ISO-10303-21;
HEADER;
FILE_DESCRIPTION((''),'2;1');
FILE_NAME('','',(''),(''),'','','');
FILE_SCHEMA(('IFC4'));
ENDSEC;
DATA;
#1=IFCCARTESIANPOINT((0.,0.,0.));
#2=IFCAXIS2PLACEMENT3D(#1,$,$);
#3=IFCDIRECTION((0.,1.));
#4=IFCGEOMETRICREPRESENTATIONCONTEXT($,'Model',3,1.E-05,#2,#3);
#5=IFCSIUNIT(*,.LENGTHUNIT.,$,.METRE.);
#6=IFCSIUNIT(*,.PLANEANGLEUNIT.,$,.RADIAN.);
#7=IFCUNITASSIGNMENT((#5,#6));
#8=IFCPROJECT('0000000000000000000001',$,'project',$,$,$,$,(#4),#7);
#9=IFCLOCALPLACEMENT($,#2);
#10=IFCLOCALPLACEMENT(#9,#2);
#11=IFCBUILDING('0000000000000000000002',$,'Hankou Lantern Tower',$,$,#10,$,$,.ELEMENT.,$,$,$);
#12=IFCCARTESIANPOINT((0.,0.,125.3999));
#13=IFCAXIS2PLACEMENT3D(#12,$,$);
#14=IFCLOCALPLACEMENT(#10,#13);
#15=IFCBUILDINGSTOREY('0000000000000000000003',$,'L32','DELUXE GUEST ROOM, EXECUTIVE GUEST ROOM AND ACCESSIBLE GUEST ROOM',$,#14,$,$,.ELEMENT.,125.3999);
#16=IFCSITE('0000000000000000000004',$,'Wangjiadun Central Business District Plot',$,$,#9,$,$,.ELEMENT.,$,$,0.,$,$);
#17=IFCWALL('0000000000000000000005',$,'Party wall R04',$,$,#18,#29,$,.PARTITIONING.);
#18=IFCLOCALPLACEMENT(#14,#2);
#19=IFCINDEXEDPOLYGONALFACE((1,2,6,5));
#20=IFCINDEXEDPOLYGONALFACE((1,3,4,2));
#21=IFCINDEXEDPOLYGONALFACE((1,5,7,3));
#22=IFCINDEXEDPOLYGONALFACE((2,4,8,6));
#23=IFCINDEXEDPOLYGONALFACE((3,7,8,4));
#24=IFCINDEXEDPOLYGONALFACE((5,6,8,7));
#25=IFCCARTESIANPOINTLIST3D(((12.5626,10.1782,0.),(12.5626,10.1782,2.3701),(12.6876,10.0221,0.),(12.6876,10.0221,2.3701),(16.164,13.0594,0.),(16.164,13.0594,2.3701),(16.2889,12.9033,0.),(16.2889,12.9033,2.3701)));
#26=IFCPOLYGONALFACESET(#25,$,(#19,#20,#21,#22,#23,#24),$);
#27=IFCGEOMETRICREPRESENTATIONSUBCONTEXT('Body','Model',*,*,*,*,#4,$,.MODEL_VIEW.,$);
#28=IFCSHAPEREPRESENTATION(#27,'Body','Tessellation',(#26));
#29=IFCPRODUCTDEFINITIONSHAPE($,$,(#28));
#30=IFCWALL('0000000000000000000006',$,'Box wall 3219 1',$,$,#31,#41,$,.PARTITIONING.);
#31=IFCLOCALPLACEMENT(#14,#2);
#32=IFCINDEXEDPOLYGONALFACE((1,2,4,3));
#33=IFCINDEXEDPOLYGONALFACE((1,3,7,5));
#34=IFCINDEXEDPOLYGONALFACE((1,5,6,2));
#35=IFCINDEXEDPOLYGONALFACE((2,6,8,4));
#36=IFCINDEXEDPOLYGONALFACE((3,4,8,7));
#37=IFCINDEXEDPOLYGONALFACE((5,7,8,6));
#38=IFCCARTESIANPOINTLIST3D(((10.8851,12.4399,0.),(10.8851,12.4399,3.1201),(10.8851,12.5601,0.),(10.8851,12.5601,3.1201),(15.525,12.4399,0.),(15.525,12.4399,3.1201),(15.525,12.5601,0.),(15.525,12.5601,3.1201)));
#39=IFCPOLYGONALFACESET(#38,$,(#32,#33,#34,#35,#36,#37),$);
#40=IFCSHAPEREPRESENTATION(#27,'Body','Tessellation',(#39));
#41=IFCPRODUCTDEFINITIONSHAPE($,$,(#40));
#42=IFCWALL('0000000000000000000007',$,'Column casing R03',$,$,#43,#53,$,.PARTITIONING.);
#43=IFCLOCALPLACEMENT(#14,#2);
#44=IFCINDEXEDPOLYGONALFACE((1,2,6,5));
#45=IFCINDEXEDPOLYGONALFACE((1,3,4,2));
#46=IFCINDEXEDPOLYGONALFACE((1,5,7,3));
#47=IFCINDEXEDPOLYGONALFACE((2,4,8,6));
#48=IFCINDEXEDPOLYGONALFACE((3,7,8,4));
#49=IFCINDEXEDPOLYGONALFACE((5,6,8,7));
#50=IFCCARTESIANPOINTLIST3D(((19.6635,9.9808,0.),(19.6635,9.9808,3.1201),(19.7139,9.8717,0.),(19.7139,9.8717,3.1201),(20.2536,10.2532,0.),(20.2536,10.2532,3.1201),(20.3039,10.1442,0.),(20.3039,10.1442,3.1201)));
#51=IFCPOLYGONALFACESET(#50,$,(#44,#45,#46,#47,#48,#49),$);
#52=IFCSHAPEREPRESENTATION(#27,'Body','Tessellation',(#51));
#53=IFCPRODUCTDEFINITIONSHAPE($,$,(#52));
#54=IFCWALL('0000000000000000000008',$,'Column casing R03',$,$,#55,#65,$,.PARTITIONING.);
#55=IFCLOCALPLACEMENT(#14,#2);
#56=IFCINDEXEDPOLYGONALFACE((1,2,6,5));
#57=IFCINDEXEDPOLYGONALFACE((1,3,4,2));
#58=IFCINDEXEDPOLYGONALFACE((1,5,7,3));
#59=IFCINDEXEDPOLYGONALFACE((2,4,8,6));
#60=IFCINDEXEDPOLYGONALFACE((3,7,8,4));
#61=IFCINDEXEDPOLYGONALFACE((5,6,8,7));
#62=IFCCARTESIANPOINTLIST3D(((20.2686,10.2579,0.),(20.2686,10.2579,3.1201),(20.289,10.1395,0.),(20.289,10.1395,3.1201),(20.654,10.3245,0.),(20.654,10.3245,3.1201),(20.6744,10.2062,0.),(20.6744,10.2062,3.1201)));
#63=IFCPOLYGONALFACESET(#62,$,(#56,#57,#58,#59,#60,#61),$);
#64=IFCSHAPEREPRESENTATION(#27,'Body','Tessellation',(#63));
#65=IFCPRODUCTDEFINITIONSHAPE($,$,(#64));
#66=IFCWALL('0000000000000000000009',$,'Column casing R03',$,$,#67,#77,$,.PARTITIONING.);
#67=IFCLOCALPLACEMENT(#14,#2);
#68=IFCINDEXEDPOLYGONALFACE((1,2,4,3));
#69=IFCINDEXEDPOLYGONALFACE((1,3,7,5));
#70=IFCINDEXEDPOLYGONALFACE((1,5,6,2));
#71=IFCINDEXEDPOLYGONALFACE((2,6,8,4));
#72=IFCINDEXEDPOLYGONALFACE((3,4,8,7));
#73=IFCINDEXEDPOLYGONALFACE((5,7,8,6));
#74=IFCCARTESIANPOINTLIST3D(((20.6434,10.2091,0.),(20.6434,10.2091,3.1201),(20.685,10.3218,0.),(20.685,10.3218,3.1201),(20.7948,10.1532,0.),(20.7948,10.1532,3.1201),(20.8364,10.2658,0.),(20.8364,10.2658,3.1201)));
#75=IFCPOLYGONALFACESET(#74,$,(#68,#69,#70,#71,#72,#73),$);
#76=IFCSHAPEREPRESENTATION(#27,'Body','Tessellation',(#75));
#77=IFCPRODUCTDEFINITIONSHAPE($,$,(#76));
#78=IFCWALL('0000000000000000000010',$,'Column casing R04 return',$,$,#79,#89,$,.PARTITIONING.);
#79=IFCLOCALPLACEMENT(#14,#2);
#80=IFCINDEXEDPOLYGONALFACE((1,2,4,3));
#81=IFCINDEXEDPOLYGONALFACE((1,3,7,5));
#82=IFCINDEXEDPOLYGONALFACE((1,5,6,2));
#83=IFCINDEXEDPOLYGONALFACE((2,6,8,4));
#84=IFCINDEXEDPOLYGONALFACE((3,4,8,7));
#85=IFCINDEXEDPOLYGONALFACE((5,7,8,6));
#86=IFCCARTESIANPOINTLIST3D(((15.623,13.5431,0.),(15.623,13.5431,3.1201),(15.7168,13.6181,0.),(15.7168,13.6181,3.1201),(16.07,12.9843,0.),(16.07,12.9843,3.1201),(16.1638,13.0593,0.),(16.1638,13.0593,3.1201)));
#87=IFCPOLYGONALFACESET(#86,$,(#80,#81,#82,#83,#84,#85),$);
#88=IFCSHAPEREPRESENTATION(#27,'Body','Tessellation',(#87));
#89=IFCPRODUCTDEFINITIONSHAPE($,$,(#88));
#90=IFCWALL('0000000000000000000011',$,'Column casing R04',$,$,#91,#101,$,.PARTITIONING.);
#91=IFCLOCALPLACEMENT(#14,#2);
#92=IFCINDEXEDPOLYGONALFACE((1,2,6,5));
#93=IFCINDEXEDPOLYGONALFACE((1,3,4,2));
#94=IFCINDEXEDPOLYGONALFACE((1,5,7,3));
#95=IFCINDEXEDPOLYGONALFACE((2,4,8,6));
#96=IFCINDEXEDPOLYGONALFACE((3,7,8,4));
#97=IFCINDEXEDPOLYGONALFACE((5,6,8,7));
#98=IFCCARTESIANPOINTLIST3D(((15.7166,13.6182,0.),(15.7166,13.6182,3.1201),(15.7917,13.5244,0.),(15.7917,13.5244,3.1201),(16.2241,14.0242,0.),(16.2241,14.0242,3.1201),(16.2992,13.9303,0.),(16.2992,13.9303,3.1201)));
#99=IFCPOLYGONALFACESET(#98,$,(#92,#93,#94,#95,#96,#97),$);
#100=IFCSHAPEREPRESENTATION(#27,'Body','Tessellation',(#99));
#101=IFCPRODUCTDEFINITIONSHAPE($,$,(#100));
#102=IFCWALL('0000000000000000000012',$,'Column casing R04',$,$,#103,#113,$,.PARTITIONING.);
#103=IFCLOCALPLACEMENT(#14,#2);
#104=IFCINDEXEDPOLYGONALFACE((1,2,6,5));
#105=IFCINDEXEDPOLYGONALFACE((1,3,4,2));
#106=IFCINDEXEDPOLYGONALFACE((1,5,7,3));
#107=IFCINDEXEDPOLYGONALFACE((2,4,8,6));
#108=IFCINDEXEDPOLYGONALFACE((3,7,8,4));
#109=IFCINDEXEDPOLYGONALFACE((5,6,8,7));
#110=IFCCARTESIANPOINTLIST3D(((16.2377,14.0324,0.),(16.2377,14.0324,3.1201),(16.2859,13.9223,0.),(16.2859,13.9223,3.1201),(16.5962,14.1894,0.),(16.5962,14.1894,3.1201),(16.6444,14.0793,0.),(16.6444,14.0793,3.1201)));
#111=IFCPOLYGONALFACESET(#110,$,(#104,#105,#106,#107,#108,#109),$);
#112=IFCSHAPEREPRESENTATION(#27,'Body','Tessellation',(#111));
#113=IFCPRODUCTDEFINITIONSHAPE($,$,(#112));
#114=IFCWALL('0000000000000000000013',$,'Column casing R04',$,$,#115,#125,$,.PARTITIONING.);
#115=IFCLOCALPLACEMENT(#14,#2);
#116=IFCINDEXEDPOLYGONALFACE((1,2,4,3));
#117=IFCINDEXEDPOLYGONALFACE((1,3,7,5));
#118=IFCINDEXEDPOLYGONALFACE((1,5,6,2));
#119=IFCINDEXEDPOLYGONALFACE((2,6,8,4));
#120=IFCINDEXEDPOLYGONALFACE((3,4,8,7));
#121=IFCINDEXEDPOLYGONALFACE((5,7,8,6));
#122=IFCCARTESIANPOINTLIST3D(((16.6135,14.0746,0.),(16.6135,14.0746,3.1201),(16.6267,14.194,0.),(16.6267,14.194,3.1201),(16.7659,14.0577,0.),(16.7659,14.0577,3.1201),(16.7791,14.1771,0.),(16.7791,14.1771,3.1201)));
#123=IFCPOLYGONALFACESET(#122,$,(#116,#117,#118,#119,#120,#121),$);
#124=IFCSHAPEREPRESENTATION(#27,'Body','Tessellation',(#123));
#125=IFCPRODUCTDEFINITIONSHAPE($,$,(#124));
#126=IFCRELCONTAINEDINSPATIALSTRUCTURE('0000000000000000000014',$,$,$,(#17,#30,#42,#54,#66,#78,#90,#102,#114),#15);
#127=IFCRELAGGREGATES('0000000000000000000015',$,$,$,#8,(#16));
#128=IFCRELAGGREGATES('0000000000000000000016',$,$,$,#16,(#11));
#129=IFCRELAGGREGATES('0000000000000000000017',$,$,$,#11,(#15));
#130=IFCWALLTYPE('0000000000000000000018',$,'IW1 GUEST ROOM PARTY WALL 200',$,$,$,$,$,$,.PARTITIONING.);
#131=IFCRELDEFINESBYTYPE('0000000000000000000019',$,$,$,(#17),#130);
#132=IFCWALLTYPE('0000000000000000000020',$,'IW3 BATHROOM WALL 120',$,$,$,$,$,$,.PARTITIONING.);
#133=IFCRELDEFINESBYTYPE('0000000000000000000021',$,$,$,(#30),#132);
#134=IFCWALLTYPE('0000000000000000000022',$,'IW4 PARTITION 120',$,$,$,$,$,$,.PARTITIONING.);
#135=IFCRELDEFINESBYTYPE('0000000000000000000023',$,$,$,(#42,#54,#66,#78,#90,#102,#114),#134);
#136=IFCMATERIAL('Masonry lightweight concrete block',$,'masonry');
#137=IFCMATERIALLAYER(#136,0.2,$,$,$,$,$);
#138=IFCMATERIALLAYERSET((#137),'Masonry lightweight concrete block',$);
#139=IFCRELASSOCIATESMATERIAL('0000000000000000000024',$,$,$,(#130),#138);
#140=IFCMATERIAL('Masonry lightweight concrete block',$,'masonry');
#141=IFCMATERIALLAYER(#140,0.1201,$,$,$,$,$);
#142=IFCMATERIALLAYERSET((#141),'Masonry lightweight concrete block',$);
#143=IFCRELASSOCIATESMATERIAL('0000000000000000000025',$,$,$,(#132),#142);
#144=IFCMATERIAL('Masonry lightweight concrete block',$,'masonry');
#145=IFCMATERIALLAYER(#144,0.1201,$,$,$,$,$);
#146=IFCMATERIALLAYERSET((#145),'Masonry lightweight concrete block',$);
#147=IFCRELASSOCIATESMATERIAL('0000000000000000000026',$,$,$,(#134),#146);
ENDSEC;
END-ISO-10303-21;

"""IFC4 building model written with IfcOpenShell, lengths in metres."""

from ifc_helpers import new_model, si_unit, direction, frame, frame_2d, origin, place, context, subcontext, project, spatial, rectangle, extrude, material, layer, layer_set, type_object, element, save


model = new_model("IFC4")

# Units and contexts
model_context = context("Model", 3, precision=1e-05, world=origin(), true_north=direction((0.0, 1.0)))
body_context = subcontext(model_context, "Body", "Model", "MODEL_VIEW")
ifc_project = project(units=[si_unit("LENGTHUNIT", "METRE"), si_unit("PLANEANGLEUNIT", "RADIAN")], contexts=[model_context])

# Site, building, storey
site_placement = place(None, origin())
site = spatial("IfcSite", under=ifc_project, at=site_placement, Name="Wangjiadun Central Business District Plot", CompositionType="ELEMENT", RefElevation=0.0)
building_placement = place(site_placement, origin())
building = spatial("IfcBuilding", under=site, at=building_placement, Name="Hankou Lantern Tower", CompositionType="ELEMENT")
storey_placement = place(building_placement, frame((0.0, 0.0, 125.3999)))
storey = spatial("IfcBuildingStorey", under=building, at=storey_placement, Name="L32", Description="DELUXE GUEST ROOM, EXECUTIVE GUEST ROOM AND ACCESSIBLE GUEST ROOM", CompositionType="ELEMENT", Elevation=125.3999)

# Walls
ifc_material_1 = material(Name="Masonry lightweight concrete block", Category="masonry")
ifc_layer_1 = layer(ifc_material_1, 0.2)
ifc_layer_set_1 = layer_set([ifc_layer_1], Name="Masonry lightweight concrete block")
wall_type_1 = type_object("IfcWallType", Name="IW1 GUEST ROOM PARTY WALL 200", PredefinedType="PARTITIONING", material=ifc_layer_set_1)
wall_1_placement = place(storey_placement, frame((12.625, 10.1001, 0.0), z_axis=(0.0, 0.0, 1.0), x_axis=(0.780864, 0.624702, 0.0)))
element("IfcWall", 1, at=wall_1_placement, inside=storey, type_object=wall_type_1, Name="Party wall R04", PredefinedType="PARTITIONING", context=body_context, shape_type="SweptSolid", body=[
    extrude(rectangle(XDim=4.6121, YDim=0.2, at=frame_2d((2.3062, 0.0))), origin(), (0.0, 0.0, 1.0), 2.3701),
])
ifc_material_2 = material(Name="Masonry lightweight concrete block", Category="masonry")
ifc_layer_2 = layer(ifc_material_2, 0.1201)
ifc_layer_set_2 = layer_set([ifc_layer_2], Name="Masonry lightweight concrete block")
wall_type_2 = type_object("IfcWallType", Name="IW3 BATHROOM WALL 120", PredefinedType="PARTITIONING", material=ifc_layer_set_2)
wall_2_placement = place(storey_placement, frame((15.5249, 12.5, 0.0), z_axis=(0.0, 0.0, 1.0), x_axis=(-1.0, 0.0, 0.0)))
element("IfcWall", 2, at=wall_2_placement, inside=storey, type_object=wall_type_2, Name="Box wall 3219 1", PredefinedType="PARTITIONING", context=body_context, shape_type="SweptSolid", body=[
    extrude(rectangle(XDim=4.6399, YDim=0.1201, at=frame_2d((2.3198, 0.0))), origin(), (0.0, 0.0, 1.0), 3.1201),
])
ifc_material_3 = material(Name="Masonry lightweight concrete block", Category="masonry")
ifc_layer_3 = layer(ifc_material_3, 0.1201)
ifc_layer_set_3 = layer_set([ifc_layer_3], Name="Masonry lightweight concrete block")
wall_type_3 = type_object("IfcWallType", Name="IW4 PARTITION 120", PredefinedType="PARTITIONING", material=ifc_layer_set_3)
wall_3_placement = place(storey_placement, frame((19.6887, 9.9263, 0.0), z_axis=(0.0, 0.0, 1.0), x_axis=(0.907893, 0.419201, 0.0)))
element("IfcWall", 3, at=wall_3_placement, inside=storey, type_object=wall_type_3, Name="Column casing R03", PredefinedType="PARTITIONING", context=body_context, shape_type="SweptSolid", body=[
    extrude(rectangle(XDim=0.6499, YDim=0.1201, at=frame_2d((0.325, 0.0))), origin(), (0.0, 0.0, 1.0), 3.1201),
])
wall_4_placement = place(storey_placement, frame((20.2788, 10.1987, 0.0), z_axis=(0.0, 0.0, 1.0), x_axis=(0.985381, 0.170367, 0.0)))
element("IfcWall", 4, at=wall_4_placement, inside=storey, type_object=wall_type_3, Name="Column casing R03", PredefinedType="PARTITIONING", context=body_context, shape_type="SweptSolid", body=[
    extrude(rectangle(XDim=0.3911, YDim=0.1201, at=frame_2d((0.1956, 0.0))), origin(), (0.0, 0.0, 1.0), 3.1201),
])
wall_5_placement = place(storey_placement, frame((20.6643, 10.2654, 0.0), z_axis=(0.0, 0.0, 1.0), x_axis=(0.938059, -0.346477, 0.0)))
element("IfcWall", 5, at=wall_5_placement, inside=storey, type_object=wall_type_3, Name="Column casing R03", PredefinedType="PARTITIONING", context=body_context, shape_type="SweptSolid", body=[
    extrude(rectangle(XDim=0.1614, YDim=0.1201, at=frame_2d((0.0806, 0.0))), origin(), (0.0, 0.0, 1.0), 3.1201),
])
wall_6_placement = place(storey_placement, frame((16.1169, 13.0217, 0.0), z_axis=(0.0, 0.0, 1.0), x_axis=(-0.624653, 0.780902, 0.0)))
element("IfcWall", 6, at=wall_6_placement, inside=storey, type_object=wall_type_3, Name="Column casing R04 return", PredefinedType="PARTITIONING", context=body_context, shape_type="SweptSolid", body=[
    extrude(rectangle(XDim=0.7156, YDim=0.1201, at=frame_2d((0.3579, 0.0))), origin(), (0.0, 0.0, 1.0), 3.1201),
])
wall_7_placement = place(storey_placement, frame((15.7542, 13.5713, 0.0), z_axis=(0.0, 0.0, 1.0), x_axis=(0.780905, 0.624649, 0.0)))
element("IfcWall", 7, at=wall_7_placement, inside=storey, type_object=wall_type_3, Name="Column casing R04", PredefinedType="PARTITIONING", context=body_context, shape_type="SweptSolid", body=[
    extrude(rectangle(XDim=0.6499, YDim=0.1201, at=frame_2d((0.325, 0.0))), origin(), (0.0, 0.0, 1.0), 3.1201),
])
wall_8_placement = place(storey_placement, frame((16.2617, 13.9773, 0.0), z_axis=(0.0, 0.0, 1.0), x_axis=(0.915985, 0.401212, 0.0)))
element("IfcWall", 8, at=wall_8_placement, inside=storey, type_object=wall_type_3, Name="Column casing R04", PredefinedType="PARTITIONING", context=body_context, shape_type="SweptSolid", body=[
    extrude(rectangle(XDim=0.3914, YDim=0.1201, at=frame_2d((0.1958, 0.0))), origin(), (0.0, 0.0, 1.0), 3.1201),
])
wall_9_placement = place(storey_placement, frame((16.6201, 14.1343, 0.0), z_axis=(0.0, 0.0, 1.0), x_axis=(0.993942, -0.109907, 0.0)))
element("IfcWall", 9, at=wall_9_placement, inside=storey, type_object=wall_type_3, Name="Column casing R04", PredefinedType="PARTITIONING", context=body_context, shape_type="SweptSolid", body=[
    extrude(rectangle(XDim=0.1533, YDim=0.1201, at=frame_2d((0.0767, 0.0))), origin(), (0.0, 0.0, 1.0), 3.1201),
])

save(model, "model.ifc")
